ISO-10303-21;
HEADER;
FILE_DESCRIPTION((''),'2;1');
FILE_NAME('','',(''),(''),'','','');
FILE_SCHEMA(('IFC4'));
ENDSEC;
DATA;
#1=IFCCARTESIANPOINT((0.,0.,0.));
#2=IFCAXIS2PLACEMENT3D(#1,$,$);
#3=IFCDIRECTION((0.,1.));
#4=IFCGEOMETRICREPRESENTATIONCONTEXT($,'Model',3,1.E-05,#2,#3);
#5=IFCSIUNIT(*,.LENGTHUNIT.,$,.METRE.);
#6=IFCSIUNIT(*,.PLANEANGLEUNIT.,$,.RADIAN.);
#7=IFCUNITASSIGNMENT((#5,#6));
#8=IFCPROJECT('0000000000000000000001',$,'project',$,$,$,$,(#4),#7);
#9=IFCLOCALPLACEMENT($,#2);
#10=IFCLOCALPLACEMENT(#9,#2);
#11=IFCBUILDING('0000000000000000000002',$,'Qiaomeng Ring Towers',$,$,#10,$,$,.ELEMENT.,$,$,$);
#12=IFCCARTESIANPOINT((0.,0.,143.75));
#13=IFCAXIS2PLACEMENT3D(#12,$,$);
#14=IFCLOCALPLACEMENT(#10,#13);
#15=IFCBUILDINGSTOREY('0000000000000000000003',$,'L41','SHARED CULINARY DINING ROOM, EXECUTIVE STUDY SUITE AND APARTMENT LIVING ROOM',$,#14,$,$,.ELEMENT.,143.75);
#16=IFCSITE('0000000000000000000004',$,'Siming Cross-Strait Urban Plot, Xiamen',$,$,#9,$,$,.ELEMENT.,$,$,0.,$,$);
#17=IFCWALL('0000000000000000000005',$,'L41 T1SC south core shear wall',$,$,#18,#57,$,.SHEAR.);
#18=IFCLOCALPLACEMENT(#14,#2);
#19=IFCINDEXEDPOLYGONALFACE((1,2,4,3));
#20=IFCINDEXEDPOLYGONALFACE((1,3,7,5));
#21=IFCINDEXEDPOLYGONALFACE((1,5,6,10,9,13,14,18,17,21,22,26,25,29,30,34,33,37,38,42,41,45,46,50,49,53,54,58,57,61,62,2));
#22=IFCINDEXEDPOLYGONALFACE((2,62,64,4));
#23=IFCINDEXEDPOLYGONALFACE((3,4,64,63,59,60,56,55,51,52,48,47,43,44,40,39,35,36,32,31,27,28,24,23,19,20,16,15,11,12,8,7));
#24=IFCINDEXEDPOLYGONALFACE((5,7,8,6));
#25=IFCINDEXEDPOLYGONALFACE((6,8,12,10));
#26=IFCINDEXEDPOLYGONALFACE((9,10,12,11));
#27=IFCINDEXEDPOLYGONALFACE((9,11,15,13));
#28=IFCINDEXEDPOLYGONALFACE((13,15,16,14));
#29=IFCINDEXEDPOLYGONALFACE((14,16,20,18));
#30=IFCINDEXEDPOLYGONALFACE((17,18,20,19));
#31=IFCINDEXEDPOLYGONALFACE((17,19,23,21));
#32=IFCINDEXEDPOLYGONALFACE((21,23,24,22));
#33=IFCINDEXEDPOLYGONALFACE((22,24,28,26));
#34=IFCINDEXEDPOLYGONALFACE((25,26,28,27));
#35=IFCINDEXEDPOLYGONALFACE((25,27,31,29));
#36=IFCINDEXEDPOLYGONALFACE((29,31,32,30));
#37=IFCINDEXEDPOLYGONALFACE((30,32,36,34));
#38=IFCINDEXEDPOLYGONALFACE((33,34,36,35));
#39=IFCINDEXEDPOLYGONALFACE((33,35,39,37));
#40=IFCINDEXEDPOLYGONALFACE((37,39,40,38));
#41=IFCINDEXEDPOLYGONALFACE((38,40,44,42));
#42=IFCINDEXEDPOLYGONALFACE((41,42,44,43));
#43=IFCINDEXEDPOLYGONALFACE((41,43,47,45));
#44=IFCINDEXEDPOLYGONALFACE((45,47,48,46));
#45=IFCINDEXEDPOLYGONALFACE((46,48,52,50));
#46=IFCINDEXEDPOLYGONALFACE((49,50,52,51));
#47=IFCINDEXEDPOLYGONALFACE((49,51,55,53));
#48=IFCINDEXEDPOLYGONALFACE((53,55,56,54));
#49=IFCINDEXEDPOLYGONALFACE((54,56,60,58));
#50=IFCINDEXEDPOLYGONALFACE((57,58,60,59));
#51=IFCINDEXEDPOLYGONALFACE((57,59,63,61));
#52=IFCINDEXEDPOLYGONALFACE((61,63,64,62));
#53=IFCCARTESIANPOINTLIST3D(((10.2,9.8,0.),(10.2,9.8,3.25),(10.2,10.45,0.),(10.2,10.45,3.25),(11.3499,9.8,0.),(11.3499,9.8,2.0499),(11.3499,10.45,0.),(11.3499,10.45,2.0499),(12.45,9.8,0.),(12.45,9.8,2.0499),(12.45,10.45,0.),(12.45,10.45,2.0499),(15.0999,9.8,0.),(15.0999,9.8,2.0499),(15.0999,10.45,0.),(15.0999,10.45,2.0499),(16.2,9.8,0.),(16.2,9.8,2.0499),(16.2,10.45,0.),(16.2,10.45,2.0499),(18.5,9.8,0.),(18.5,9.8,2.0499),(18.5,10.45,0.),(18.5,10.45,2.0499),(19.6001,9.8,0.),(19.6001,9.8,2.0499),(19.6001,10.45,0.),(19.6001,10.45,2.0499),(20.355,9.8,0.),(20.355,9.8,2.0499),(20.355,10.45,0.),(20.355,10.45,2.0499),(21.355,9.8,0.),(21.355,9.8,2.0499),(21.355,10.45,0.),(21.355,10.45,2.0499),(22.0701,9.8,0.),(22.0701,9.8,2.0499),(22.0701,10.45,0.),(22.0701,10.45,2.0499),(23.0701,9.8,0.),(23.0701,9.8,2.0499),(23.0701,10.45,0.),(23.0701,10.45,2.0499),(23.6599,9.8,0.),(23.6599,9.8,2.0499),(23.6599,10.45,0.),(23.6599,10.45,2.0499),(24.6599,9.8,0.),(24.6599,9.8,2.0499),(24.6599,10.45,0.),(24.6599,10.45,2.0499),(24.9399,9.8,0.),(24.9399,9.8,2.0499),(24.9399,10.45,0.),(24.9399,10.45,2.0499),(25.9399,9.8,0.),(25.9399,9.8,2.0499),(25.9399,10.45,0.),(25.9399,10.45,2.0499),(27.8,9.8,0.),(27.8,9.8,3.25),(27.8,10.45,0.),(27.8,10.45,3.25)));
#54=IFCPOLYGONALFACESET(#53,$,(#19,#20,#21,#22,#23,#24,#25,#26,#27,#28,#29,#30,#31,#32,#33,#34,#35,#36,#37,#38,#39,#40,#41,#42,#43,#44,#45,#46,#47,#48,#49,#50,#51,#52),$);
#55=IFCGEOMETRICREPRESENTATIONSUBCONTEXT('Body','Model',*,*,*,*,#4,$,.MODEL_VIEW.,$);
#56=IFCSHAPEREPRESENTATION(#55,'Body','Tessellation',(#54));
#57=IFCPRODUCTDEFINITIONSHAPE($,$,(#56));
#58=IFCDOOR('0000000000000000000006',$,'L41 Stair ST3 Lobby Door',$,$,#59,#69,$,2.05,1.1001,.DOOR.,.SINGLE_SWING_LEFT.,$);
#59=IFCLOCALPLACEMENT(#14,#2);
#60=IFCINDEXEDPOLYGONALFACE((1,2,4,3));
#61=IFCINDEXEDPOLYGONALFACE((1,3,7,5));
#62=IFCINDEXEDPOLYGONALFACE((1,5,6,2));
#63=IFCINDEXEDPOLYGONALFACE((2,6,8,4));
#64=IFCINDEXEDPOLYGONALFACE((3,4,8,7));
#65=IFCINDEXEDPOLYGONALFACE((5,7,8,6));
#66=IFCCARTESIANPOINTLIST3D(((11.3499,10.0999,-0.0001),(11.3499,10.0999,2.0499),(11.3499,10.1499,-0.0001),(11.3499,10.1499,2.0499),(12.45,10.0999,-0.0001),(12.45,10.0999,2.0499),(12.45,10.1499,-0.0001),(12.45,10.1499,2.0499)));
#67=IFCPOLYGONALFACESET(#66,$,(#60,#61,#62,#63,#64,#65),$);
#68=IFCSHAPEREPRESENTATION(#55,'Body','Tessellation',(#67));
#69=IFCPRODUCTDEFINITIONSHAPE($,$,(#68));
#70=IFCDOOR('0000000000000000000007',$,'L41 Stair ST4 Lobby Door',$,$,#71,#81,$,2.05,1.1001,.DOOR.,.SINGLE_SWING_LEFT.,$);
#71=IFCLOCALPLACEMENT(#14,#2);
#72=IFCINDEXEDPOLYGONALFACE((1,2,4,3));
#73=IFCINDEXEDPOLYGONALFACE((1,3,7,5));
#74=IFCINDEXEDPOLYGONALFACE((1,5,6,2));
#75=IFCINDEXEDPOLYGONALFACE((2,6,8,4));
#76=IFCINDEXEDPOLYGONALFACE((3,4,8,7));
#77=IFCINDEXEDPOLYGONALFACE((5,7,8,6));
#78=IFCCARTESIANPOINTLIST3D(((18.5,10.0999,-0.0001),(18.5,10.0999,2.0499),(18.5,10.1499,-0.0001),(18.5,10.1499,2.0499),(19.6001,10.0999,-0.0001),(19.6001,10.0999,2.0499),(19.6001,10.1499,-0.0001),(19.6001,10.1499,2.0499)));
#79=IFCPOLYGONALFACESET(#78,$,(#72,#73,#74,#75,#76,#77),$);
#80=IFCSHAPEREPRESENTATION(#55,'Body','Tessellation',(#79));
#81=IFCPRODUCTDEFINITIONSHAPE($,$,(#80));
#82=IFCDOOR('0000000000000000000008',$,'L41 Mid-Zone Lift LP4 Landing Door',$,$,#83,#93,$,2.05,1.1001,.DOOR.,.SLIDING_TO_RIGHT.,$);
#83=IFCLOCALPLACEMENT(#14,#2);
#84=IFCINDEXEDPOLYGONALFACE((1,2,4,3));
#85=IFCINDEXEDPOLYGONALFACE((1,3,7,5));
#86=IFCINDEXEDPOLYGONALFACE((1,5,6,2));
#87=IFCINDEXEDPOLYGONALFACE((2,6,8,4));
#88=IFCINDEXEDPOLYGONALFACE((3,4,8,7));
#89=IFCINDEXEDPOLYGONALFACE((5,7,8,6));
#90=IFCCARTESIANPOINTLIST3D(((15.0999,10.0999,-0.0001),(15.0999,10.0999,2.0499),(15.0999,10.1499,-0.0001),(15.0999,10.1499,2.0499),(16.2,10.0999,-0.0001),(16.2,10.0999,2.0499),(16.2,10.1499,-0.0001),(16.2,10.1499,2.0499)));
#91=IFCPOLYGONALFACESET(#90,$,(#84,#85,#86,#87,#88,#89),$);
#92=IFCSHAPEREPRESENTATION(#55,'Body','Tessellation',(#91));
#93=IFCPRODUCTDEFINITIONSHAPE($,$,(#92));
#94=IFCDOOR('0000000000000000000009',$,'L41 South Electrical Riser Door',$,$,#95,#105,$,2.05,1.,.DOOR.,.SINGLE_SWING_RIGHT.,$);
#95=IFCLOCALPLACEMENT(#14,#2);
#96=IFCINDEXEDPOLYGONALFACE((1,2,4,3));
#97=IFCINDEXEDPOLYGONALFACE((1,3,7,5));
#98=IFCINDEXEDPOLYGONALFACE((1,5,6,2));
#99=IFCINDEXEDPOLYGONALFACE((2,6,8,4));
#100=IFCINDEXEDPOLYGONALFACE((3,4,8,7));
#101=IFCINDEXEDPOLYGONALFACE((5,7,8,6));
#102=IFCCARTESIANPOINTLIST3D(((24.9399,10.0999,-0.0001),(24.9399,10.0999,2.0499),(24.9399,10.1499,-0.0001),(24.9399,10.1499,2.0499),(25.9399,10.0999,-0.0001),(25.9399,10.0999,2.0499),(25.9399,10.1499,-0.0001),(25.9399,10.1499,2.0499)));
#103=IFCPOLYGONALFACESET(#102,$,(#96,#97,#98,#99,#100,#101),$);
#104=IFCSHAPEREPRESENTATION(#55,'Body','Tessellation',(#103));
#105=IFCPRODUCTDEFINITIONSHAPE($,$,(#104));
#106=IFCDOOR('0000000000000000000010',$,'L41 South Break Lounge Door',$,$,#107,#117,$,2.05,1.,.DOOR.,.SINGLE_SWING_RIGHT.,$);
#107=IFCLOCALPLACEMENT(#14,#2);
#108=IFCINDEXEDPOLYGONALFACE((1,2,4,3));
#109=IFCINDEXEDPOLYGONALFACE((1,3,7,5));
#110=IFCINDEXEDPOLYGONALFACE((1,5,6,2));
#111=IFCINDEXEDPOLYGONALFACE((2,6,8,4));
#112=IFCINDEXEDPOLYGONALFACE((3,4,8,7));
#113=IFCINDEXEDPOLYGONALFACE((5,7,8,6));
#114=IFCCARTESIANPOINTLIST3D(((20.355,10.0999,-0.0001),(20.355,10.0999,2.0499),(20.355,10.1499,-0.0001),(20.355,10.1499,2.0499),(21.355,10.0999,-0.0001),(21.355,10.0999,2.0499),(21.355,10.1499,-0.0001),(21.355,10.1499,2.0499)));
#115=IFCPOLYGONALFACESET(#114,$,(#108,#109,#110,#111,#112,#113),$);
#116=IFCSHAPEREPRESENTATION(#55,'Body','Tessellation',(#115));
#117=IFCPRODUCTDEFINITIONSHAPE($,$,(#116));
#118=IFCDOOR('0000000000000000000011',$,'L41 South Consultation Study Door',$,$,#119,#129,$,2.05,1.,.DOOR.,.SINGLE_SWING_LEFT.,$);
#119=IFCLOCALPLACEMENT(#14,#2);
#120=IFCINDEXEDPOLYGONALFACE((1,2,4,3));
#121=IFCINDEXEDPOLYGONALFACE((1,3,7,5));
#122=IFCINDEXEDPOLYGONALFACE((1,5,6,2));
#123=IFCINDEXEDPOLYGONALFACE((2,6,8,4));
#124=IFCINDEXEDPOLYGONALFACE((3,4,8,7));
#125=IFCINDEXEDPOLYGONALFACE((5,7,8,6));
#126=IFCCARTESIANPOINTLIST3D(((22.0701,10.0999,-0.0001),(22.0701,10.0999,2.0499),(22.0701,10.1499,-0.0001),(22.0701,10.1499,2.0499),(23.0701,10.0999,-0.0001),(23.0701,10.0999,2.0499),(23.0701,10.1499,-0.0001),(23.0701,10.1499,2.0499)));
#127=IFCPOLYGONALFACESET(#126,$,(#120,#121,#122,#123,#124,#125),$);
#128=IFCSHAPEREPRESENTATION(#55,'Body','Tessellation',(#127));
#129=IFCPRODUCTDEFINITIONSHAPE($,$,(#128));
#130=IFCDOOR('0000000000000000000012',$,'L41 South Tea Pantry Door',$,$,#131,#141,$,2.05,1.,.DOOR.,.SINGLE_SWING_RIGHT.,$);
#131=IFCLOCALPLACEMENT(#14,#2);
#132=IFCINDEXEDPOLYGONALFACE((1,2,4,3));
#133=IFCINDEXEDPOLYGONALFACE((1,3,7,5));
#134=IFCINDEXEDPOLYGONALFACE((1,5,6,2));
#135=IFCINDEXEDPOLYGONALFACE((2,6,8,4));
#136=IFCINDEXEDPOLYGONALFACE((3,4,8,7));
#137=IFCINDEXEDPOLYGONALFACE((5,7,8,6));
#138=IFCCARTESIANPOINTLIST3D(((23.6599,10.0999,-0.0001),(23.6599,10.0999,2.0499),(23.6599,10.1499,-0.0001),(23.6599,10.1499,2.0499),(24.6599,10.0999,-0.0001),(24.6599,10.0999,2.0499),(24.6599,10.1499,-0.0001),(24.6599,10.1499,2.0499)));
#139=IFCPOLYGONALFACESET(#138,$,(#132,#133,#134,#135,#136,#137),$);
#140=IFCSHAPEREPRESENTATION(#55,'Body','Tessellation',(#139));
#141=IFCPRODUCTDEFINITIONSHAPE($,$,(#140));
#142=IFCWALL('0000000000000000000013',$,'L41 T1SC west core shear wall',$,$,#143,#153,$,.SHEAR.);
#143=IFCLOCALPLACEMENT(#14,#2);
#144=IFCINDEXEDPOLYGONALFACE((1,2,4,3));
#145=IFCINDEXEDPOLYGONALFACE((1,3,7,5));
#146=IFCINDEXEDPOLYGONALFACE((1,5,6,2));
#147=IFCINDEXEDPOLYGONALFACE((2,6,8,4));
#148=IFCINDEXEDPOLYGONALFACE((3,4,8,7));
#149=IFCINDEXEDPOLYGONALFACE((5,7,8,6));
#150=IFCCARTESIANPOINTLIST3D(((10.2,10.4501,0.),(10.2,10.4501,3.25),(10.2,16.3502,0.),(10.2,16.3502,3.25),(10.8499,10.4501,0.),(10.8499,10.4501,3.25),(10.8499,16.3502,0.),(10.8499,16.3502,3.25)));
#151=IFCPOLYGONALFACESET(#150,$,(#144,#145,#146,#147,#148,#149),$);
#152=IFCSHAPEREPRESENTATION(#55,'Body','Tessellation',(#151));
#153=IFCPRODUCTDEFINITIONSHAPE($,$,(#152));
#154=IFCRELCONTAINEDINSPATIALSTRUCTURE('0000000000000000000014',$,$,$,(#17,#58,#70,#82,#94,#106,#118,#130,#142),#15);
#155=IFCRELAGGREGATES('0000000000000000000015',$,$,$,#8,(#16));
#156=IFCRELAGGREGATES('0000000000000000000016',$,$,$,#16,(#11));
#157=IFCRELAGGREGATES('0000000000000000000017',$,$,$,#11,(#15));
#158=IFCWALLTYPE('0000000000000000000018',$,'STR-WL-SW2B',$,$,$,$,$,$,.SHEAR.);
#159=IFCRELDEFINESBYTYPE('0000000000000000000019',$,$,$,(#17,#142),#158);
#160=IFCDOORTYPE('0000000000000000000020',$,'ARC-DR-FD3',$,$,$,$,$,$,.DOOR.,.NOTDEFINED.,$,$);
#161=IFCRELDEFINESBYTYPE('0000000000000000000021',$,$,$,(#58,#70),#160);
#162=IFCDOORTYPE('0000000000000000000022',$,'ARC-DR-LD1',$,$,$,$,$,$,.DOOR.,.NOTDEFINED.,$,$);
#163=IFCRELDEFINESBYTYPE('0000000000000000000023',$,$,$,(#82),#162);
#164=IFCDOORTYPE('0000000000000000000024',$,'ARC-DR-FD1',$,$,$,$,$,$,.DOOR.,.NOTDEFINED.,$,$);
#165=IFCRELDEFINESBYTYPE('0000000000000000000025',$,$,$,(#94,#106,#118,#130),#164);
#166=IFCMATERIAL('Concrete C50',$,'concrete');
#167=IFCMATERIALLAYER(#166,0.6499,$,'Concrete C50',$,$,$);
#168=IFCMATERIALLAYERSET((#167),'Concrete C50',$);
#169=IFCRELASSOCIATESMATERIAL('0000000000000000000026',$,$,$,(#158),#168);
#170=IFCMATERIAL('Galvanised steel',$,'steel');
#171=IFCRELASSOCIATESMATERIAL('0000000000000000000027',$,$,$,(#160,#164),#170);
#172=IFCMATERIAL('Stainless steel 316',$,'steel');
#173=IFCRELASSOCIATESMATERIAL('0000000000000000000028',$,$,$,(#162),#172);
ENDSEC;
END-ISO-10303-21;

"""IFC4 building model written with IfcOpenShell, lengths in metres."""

from ifc_helpers import new_model, si_unit, direction, frame, frame_2d, origin, place, context, subcontext, project, spatial, rectangle, extrude, source, transform, mapped, material, layer, layer_set, type_object, element, fill, save


model = new_model("IFC4")

# Units and contexts
model_context = context("Model", 3, precision=1e-05, world=origin(), true_north=direction((0.0, 1.0)))
body_context = subcontext(model_context, "Body", "Model", "MODEL_VIEW")
ifc_project = project(units=[si_unit("LENGTHUNIT", "METRE"), si_unit("PLANEANGLEUNIT", "RADIAN")], contexts=[model_context])

# Site, building, storey
site_placement = place(None, origin())
site = spatial("IfcSite", under=ifc_project, at=site_placement, Name="Siming Cross-Strait Urban Plot, Xiamen", CompositionType="ELEMENT", RefElevation=0.0)
building_placement = place(site_placement, origin())
building = spatial("IfcBuilding", under=site, at=building_placement, Name="Qiaomeng Ring Towers", CompositionType="ELEMENT")
storey_placement = place(building_placement, frame((0.0, 0.0, 143.75)))
storey = spatial("IfcBuildingStorey", under=building, at=storey_placement, Name="L41", Description="SHARED CULINARY DINING ROOM, EXECUTIVE STUDY SUITE AND APARTMENT LIVING ROOM", CompositionType="ELEMENT", Elevation=143.75)

# Shared definitions
shared_shape_1 = source(origin(), body_context, "Body", "SweptSolid", [
    extrude(rectangle(XDim=1.0, YDim=2.05, at=frame_2d((0.5, 1.0249))), frame((0.0, 0.0249, 0.0), z_axis=(0.0, -1.0, 0.0), x_axis=(1.0, 0.0, 0.0)), (0.0, 0.0, 1.0), 0.05),
])

# Wall, openings, doors
ifc_material_1 = material(Name="Concrete C50", Category="concrete")
ifc_layer_1 = layer(ifc_material_1, 0.6499, Name="Concrete C50")
ifc_layer_set_1 = layer_set([ifc_layer_1], Name="Concrete C50")
wall_type_1 = type_object("IfcWallType", Name="STR-WL-SW2B", PredefinedType="SHEAR", material=ifc_layer_set_1)
wall_1_placement = place(storey_placement, frame((10.2, 10.125, 0.0), z_axis=(0.0, 0.0, 1.0), x_axis=(1.0, 0.0, 0.0)))
wall_1 = element("IfcWall", 1, at=wall_1_placement, inside=storey, type_object=wall_type_1, Name="L41 T1SC south core shear wall", PredefinedType="SHEAR", context=body_context, shape_type="SweptSolid", body=[
    extrude(rectangle(XDim=17.6001, YDim=0.6499, at=frame_2d((8.8, 0.0))), origin(), (0.0, 0.0, 1.0), 3.25),
])
opening_1_placement = place(wall_1_placement, frame((1.1499, 0.0, 0.0)))
opening_1 = element("IfcOpeningElement", 2, at=opening_1_placement, cuts=wall_1, PredefinedType="OPENING", context=body_context, shape_type="SweptSolid", body=[
    extrude(rectangle(XDim=1.1001, YDim=2.05, at=frame_2d((0.55, 1.0249))), frame((0.0, 0.335, 0.0), z_axis=(0.0, -1.0, 0.0), x_axis=(1.0, 0.0, 0.0)), (0.0, 0.0, 1.0), 0.6699),
])
opening_2_placement = place(wall_1_placement, frame((8.3, 0.0, 0.0)))
opening_2 = element("IfcOpeningElement", 3, at=opening_2_placement, cuts=wall_1, PredefinedType="OPENING", context=body_context, shape_type="SweptSolid", body=[
    extrude(rectangle(XDim=1.1001, YDim=2.05, at=frame_2d((0.55, 1.0249))), frame((0.0, 0.335, 0.0), z_axis=(0.0, -1.0, 0.0), x_axis=(1.0, 0.0, 0.0)), (0.0, 0.0, 1.0), 0.6699),
])
opening_3_placement = place(wall_1_placement, frame((4.8999, 0.0, 0.0)))
opening_3 = element("IfcOpeningElement", 4, at=opening_3_placement, cuts=wall_1, PredefinedType="OPENING", context=body_context, shape_type="SweptSolid", body=[
    extrude(rectangle(XDim=1.1001, YDim=2.05, at=frame_2d((0.55, 1.0249))), frame((0.0, 0.335, 0.0), z_axis=(0.0, -1.0, 0.0), x_axis=(1.0, 0.0, 0.0)), (0.0, 0.0, 1.0), 0.6699),
])
opening_4_placement = place(wall_1_placement, frame((14.74, 0.0, 0.0)))
opening_4 = element("IfcOpeningElement", 5, at=opening_4_placement, cuts=wall_1, PredefinedType="OPENING", context=body_context, shape_type="SweptSolid", body=[
    extrude(rectangle(XDim=1.0, YDim=2.05, at=frame_2d((0.5, 1.0249))), frame((0.0, 0.335, 0.0), z_axis=(0.0, -1.0, 0.0), x_axis=(1.0, 0.0, 0.0)), (0.0, 0.0, 1.0), 0.6699),
])
opening_5_placement = place(wall_1_placement, frame((10.155, 0.0, 0.0)))
opening_5 = element("IfcOpeningElement", 6, at=opening_5_placement, cuts=wall_1, PredefinedType="OPENING", context=body_context, shape_type="SweptSolid", body=[
    extrude(rectangle(XDim=1.0, YDim=2.05, at=frame_2d((0.5, 1.0249))), frame((0.0, 0.335, 0.0), z_axis=(0.0, -1.0, 0.0), x_axis=(1.0, 0.0, 0.0)), (0.0, 0.0, 1.0), 0.6699),
])
opening_6_placement = place(wall_1_placement, frame((11.8701, 0.0, 0.0)))
opening_6 = element("IfcOpeningElement", 7, at=opening_6_placement, cuts=wall_1, PredefinedType="OPENING", context=body_context, shape_type="SweptSolid", body=[
    extrude(rectangle(XDim=1.0, YDim=2.05, at=frame_2d((0.5, 1.0249))), frame((0.0, 0.335, 0.0), z_axis=(0.0, -1.0, 0.0), x_axis=(1.0, 0.0, 0.0)), (0.0, 0.0, 1.0), 0.6699),
])
opening_7_placement = place(wall_1_placement, frame((13.46, 0.0, 0.0)))
opening_7 = element("IfcOpeningElement", 8, at=opening_7_placement, cuts=wall_1, PredefinedType="OPENING", context=body_context, shape_type="SweptSolid", body=[
    extrude(rectangle(XDim=1.0, YDim=2.05, at=frame_2d((0.5, 1.0249))), frame((0.0, 0.335, 0.0), z_axis=(0.0, -1.0, 0.0), x_axis=(1.0, 0.0, 0.0)), (0.0, 0.0, 1.0), 0.6699),
])
ifc_material_2 = material(Name="Galvanised steel", Category="steel")
door_type_1 = type_object("IfcDoorType", Name="ARC-DR-FD3", OperationType="NOTDEFINED", PredefinedType="DOOR", material=ifc_material_2)
shared_shape_2 = source(origin(), body_context, "Body", "SweptSolid", [
    extrude(rectangle(XDim=1.1001, YDim=2.05, at=frame_2d((0.55, 1.0249))), frame((0.0, 0.0249, 0.0), z_axis=(0.0, -1.0, 0.0), x_axis=(1.0, 0.0, 0.0)), (0.0, 0.0, 1.0), 0.05),
])
door_1_placement = place(opening_1_placement, origin())
door_1 = element("IfcDoor", 9, at=door_1_placement, inside=storey, type_object=door_type_1, Name="L41 Stair ST3 Lobby Door", OperationType="SINGLE_SWING_LEFT", OverallHeight=2.05, OverallWidth=1.1001, PredefinedType="DOOR", context=body_context, shape_type="MappedRepresentation", body=[
    mapped(shared_shape_2, transform((0.0, 0.0, 0.0), x_axis=(1.0, 0.0, 0.0), y_axis=(0.0, 1.0, 0.0), z_axis=(0.0, 0.0, 1.0), scale=1.0)),
])
fill(opening_1, door_1)
door_2_placement = place(opening_2_placement, origin())
door_2 = element("IfcDoor", 10, at=door_2_placement, inside=storey, type_object=door_type_1, Name="L41 Stair ST4 Lobby Door", OperationType="SINGLE_SWING_LEFT", OverallHeight=2.05, OverallWidth=1.1001, PredefinedType="DOOR", context=body_context, shape_type="MappedRepresentation", body=[
    mapped(shared_shape_2, transform((0.0, 0.0, 0.0), x_axis=(1.0, 0.0, 0.0), y_axis=(0.0, 1.0, 0.0), z_axis=(0.0, 0.0, 1.0), scale=1.0)),
])
fill(opening_2, door_2)
ifc_material_3 = material(Name="Stainless steel 316", Category="steel")
door_type_2 = type_object("IfcDoorType", Name="ARC-DR-LD1", OperationType="NOTDEFINED", PredefinedType="DOOR", material=ifc_material_3)
door_3_placement = place(opening_3_placement, origin())
door_3 = element("IfcDoor", 11, at=door_3_placement, inside=storey, type_object=door_type_2, Name="L41 Mid-Zone Lift LP4 Landing Door", OperationType="SLIDING_TO_RIGHT", OverallHeight=2.05, OverallWidth=1.1001, PredefinedType="DOOR", context=body_context, shape_type="MappedRepresentation", body=[
    mapped(shared_shape_2, transform((0.0, 0.0, 0.0), x_axis=(1.0, 0.0, 0.0), y_axis=(0.0, 1.0, 0.0), z_axis=(0.0, 0.0, 1.0), scale=1.0)),
])
fill(opening_3, door_3)
door_type_3 = type_object("IfcDoorType", Name="ARC-DR-FD1", OperationType="NOTDEFINED", PredefinedType="DOOR", material=ifc_material_2)
door_4_placement = place(opening_4_placement, origin())
door_4 = element("IfcDoor", 12, at=door_4_placement, inside=storey, type_object=door_type_3, Name="L41 South Electrical Riser Door", OperationType="SINGLE_SWING_RIGHT", OverallHeight=2.05, OverallWidth=1.0, PredefinedType="DOOR", context=body_context, shape_type="MappedRepresentation", body=[
    mapped(shared_shape_1, transform((0.0, 0.0, 0.0), x_axis=(1.0, 0.0, 0.0), y_axis=(0.0, 1.0, 0.0), z_axis=(0.0, 0.0, 1.0), scale=1.0)),
])
fill(opening_4, door_4)
door_5_placement = place(opening_5_placement, origin())
door_5 = element("IfcDoor", 13, at=door_5_placement, inside=storey, type_object=door_type_3, Name="L41 South Break Lounge Door", OperationType="SINGLE_SWING_RIGHT", OverallHeight=2.05, OverallWidth=1.0, PredefinedType="DOOR", context=body_context, shape_type="MappedRepresentation", body=[
    mapped(shared_shape_1, transform((0.0, 0.0, 0.0), x_axis=(1.0, 0.0, 0.0), y_axis=(0.0, 1.0, 0.0), z_axis=(0.0, 0.0, 1.0), scale=1.0)),
])
fill(opening_5, door_5)
door_6_placement = place(opening_6_placement, origin())
door_6 = element("IfcDoor", 14, at=door_6_placement, inside=storey, type_object=door_type_3, Name="L41 South Consultation Study Door", OperationType="SINGLE_SWING_LEFT", OverallHeight=2.05, OverallWidth=1.0, PredefinedType="DOOR", context=body_context, shape_type="MappedRepresentation", body=[
    mapped(shared_shape_1, transform((0.0, 0.0, 0.0), x_axis=(1.0, 0.0, 0.0), y_axis=(0.0, 1.0, 0.0), z_axis=(0.0, 0.0, 1.0), scale=1.0)),
])
fill(opening_6, door_6)
door_7_placement = place(opening_7_placement, origin())
door_7 = element("IfcDoor", 15, at=door_7_placement, inside=storey, type_object=door_type_3, Name="L41 South Tea Pantry Door", OperationType="SINGLE_SWING_RIGHT", OverallHeight=2.05, OverallWidth=1.0, PredefinedType="DOOR", context=body_context, shape_type="MappedRepresentation", body=[
    mapped(shared_shape_1, transform((0.0, 0.0, 0.0), x_axis=(1.0, 0.0, 0.0), y_axis=(0.0, 1.0, 0.0), z_axis=(0.0, 0.0, 1.0), scale=1.0)),
])
fill(opening_7, door_7)

# Wall
wall_2_placement = place(storey_placement, frame((10.5249, 10.45, 0.0), z_axis=(0.0, 0.0, 1.0), x_axis=(0.0, 1.0, 0.0)))
element("IfcWall", 16, at=wall_2_placement, inside=storey, type_object=wall_type_1, Name="L41 T1SC west core shear wall", PredefinedType="SHEAR", context=body_context, shape_type="SweptSolid", body=[
    extrude(rectangle(XDim=5.9001, YDim=0.6499, at=frame_2d((2.9502, 0.0))), origin(), (0.0, 0.0, 1.0), 3.25),
])

save(model, "model.ifc")
